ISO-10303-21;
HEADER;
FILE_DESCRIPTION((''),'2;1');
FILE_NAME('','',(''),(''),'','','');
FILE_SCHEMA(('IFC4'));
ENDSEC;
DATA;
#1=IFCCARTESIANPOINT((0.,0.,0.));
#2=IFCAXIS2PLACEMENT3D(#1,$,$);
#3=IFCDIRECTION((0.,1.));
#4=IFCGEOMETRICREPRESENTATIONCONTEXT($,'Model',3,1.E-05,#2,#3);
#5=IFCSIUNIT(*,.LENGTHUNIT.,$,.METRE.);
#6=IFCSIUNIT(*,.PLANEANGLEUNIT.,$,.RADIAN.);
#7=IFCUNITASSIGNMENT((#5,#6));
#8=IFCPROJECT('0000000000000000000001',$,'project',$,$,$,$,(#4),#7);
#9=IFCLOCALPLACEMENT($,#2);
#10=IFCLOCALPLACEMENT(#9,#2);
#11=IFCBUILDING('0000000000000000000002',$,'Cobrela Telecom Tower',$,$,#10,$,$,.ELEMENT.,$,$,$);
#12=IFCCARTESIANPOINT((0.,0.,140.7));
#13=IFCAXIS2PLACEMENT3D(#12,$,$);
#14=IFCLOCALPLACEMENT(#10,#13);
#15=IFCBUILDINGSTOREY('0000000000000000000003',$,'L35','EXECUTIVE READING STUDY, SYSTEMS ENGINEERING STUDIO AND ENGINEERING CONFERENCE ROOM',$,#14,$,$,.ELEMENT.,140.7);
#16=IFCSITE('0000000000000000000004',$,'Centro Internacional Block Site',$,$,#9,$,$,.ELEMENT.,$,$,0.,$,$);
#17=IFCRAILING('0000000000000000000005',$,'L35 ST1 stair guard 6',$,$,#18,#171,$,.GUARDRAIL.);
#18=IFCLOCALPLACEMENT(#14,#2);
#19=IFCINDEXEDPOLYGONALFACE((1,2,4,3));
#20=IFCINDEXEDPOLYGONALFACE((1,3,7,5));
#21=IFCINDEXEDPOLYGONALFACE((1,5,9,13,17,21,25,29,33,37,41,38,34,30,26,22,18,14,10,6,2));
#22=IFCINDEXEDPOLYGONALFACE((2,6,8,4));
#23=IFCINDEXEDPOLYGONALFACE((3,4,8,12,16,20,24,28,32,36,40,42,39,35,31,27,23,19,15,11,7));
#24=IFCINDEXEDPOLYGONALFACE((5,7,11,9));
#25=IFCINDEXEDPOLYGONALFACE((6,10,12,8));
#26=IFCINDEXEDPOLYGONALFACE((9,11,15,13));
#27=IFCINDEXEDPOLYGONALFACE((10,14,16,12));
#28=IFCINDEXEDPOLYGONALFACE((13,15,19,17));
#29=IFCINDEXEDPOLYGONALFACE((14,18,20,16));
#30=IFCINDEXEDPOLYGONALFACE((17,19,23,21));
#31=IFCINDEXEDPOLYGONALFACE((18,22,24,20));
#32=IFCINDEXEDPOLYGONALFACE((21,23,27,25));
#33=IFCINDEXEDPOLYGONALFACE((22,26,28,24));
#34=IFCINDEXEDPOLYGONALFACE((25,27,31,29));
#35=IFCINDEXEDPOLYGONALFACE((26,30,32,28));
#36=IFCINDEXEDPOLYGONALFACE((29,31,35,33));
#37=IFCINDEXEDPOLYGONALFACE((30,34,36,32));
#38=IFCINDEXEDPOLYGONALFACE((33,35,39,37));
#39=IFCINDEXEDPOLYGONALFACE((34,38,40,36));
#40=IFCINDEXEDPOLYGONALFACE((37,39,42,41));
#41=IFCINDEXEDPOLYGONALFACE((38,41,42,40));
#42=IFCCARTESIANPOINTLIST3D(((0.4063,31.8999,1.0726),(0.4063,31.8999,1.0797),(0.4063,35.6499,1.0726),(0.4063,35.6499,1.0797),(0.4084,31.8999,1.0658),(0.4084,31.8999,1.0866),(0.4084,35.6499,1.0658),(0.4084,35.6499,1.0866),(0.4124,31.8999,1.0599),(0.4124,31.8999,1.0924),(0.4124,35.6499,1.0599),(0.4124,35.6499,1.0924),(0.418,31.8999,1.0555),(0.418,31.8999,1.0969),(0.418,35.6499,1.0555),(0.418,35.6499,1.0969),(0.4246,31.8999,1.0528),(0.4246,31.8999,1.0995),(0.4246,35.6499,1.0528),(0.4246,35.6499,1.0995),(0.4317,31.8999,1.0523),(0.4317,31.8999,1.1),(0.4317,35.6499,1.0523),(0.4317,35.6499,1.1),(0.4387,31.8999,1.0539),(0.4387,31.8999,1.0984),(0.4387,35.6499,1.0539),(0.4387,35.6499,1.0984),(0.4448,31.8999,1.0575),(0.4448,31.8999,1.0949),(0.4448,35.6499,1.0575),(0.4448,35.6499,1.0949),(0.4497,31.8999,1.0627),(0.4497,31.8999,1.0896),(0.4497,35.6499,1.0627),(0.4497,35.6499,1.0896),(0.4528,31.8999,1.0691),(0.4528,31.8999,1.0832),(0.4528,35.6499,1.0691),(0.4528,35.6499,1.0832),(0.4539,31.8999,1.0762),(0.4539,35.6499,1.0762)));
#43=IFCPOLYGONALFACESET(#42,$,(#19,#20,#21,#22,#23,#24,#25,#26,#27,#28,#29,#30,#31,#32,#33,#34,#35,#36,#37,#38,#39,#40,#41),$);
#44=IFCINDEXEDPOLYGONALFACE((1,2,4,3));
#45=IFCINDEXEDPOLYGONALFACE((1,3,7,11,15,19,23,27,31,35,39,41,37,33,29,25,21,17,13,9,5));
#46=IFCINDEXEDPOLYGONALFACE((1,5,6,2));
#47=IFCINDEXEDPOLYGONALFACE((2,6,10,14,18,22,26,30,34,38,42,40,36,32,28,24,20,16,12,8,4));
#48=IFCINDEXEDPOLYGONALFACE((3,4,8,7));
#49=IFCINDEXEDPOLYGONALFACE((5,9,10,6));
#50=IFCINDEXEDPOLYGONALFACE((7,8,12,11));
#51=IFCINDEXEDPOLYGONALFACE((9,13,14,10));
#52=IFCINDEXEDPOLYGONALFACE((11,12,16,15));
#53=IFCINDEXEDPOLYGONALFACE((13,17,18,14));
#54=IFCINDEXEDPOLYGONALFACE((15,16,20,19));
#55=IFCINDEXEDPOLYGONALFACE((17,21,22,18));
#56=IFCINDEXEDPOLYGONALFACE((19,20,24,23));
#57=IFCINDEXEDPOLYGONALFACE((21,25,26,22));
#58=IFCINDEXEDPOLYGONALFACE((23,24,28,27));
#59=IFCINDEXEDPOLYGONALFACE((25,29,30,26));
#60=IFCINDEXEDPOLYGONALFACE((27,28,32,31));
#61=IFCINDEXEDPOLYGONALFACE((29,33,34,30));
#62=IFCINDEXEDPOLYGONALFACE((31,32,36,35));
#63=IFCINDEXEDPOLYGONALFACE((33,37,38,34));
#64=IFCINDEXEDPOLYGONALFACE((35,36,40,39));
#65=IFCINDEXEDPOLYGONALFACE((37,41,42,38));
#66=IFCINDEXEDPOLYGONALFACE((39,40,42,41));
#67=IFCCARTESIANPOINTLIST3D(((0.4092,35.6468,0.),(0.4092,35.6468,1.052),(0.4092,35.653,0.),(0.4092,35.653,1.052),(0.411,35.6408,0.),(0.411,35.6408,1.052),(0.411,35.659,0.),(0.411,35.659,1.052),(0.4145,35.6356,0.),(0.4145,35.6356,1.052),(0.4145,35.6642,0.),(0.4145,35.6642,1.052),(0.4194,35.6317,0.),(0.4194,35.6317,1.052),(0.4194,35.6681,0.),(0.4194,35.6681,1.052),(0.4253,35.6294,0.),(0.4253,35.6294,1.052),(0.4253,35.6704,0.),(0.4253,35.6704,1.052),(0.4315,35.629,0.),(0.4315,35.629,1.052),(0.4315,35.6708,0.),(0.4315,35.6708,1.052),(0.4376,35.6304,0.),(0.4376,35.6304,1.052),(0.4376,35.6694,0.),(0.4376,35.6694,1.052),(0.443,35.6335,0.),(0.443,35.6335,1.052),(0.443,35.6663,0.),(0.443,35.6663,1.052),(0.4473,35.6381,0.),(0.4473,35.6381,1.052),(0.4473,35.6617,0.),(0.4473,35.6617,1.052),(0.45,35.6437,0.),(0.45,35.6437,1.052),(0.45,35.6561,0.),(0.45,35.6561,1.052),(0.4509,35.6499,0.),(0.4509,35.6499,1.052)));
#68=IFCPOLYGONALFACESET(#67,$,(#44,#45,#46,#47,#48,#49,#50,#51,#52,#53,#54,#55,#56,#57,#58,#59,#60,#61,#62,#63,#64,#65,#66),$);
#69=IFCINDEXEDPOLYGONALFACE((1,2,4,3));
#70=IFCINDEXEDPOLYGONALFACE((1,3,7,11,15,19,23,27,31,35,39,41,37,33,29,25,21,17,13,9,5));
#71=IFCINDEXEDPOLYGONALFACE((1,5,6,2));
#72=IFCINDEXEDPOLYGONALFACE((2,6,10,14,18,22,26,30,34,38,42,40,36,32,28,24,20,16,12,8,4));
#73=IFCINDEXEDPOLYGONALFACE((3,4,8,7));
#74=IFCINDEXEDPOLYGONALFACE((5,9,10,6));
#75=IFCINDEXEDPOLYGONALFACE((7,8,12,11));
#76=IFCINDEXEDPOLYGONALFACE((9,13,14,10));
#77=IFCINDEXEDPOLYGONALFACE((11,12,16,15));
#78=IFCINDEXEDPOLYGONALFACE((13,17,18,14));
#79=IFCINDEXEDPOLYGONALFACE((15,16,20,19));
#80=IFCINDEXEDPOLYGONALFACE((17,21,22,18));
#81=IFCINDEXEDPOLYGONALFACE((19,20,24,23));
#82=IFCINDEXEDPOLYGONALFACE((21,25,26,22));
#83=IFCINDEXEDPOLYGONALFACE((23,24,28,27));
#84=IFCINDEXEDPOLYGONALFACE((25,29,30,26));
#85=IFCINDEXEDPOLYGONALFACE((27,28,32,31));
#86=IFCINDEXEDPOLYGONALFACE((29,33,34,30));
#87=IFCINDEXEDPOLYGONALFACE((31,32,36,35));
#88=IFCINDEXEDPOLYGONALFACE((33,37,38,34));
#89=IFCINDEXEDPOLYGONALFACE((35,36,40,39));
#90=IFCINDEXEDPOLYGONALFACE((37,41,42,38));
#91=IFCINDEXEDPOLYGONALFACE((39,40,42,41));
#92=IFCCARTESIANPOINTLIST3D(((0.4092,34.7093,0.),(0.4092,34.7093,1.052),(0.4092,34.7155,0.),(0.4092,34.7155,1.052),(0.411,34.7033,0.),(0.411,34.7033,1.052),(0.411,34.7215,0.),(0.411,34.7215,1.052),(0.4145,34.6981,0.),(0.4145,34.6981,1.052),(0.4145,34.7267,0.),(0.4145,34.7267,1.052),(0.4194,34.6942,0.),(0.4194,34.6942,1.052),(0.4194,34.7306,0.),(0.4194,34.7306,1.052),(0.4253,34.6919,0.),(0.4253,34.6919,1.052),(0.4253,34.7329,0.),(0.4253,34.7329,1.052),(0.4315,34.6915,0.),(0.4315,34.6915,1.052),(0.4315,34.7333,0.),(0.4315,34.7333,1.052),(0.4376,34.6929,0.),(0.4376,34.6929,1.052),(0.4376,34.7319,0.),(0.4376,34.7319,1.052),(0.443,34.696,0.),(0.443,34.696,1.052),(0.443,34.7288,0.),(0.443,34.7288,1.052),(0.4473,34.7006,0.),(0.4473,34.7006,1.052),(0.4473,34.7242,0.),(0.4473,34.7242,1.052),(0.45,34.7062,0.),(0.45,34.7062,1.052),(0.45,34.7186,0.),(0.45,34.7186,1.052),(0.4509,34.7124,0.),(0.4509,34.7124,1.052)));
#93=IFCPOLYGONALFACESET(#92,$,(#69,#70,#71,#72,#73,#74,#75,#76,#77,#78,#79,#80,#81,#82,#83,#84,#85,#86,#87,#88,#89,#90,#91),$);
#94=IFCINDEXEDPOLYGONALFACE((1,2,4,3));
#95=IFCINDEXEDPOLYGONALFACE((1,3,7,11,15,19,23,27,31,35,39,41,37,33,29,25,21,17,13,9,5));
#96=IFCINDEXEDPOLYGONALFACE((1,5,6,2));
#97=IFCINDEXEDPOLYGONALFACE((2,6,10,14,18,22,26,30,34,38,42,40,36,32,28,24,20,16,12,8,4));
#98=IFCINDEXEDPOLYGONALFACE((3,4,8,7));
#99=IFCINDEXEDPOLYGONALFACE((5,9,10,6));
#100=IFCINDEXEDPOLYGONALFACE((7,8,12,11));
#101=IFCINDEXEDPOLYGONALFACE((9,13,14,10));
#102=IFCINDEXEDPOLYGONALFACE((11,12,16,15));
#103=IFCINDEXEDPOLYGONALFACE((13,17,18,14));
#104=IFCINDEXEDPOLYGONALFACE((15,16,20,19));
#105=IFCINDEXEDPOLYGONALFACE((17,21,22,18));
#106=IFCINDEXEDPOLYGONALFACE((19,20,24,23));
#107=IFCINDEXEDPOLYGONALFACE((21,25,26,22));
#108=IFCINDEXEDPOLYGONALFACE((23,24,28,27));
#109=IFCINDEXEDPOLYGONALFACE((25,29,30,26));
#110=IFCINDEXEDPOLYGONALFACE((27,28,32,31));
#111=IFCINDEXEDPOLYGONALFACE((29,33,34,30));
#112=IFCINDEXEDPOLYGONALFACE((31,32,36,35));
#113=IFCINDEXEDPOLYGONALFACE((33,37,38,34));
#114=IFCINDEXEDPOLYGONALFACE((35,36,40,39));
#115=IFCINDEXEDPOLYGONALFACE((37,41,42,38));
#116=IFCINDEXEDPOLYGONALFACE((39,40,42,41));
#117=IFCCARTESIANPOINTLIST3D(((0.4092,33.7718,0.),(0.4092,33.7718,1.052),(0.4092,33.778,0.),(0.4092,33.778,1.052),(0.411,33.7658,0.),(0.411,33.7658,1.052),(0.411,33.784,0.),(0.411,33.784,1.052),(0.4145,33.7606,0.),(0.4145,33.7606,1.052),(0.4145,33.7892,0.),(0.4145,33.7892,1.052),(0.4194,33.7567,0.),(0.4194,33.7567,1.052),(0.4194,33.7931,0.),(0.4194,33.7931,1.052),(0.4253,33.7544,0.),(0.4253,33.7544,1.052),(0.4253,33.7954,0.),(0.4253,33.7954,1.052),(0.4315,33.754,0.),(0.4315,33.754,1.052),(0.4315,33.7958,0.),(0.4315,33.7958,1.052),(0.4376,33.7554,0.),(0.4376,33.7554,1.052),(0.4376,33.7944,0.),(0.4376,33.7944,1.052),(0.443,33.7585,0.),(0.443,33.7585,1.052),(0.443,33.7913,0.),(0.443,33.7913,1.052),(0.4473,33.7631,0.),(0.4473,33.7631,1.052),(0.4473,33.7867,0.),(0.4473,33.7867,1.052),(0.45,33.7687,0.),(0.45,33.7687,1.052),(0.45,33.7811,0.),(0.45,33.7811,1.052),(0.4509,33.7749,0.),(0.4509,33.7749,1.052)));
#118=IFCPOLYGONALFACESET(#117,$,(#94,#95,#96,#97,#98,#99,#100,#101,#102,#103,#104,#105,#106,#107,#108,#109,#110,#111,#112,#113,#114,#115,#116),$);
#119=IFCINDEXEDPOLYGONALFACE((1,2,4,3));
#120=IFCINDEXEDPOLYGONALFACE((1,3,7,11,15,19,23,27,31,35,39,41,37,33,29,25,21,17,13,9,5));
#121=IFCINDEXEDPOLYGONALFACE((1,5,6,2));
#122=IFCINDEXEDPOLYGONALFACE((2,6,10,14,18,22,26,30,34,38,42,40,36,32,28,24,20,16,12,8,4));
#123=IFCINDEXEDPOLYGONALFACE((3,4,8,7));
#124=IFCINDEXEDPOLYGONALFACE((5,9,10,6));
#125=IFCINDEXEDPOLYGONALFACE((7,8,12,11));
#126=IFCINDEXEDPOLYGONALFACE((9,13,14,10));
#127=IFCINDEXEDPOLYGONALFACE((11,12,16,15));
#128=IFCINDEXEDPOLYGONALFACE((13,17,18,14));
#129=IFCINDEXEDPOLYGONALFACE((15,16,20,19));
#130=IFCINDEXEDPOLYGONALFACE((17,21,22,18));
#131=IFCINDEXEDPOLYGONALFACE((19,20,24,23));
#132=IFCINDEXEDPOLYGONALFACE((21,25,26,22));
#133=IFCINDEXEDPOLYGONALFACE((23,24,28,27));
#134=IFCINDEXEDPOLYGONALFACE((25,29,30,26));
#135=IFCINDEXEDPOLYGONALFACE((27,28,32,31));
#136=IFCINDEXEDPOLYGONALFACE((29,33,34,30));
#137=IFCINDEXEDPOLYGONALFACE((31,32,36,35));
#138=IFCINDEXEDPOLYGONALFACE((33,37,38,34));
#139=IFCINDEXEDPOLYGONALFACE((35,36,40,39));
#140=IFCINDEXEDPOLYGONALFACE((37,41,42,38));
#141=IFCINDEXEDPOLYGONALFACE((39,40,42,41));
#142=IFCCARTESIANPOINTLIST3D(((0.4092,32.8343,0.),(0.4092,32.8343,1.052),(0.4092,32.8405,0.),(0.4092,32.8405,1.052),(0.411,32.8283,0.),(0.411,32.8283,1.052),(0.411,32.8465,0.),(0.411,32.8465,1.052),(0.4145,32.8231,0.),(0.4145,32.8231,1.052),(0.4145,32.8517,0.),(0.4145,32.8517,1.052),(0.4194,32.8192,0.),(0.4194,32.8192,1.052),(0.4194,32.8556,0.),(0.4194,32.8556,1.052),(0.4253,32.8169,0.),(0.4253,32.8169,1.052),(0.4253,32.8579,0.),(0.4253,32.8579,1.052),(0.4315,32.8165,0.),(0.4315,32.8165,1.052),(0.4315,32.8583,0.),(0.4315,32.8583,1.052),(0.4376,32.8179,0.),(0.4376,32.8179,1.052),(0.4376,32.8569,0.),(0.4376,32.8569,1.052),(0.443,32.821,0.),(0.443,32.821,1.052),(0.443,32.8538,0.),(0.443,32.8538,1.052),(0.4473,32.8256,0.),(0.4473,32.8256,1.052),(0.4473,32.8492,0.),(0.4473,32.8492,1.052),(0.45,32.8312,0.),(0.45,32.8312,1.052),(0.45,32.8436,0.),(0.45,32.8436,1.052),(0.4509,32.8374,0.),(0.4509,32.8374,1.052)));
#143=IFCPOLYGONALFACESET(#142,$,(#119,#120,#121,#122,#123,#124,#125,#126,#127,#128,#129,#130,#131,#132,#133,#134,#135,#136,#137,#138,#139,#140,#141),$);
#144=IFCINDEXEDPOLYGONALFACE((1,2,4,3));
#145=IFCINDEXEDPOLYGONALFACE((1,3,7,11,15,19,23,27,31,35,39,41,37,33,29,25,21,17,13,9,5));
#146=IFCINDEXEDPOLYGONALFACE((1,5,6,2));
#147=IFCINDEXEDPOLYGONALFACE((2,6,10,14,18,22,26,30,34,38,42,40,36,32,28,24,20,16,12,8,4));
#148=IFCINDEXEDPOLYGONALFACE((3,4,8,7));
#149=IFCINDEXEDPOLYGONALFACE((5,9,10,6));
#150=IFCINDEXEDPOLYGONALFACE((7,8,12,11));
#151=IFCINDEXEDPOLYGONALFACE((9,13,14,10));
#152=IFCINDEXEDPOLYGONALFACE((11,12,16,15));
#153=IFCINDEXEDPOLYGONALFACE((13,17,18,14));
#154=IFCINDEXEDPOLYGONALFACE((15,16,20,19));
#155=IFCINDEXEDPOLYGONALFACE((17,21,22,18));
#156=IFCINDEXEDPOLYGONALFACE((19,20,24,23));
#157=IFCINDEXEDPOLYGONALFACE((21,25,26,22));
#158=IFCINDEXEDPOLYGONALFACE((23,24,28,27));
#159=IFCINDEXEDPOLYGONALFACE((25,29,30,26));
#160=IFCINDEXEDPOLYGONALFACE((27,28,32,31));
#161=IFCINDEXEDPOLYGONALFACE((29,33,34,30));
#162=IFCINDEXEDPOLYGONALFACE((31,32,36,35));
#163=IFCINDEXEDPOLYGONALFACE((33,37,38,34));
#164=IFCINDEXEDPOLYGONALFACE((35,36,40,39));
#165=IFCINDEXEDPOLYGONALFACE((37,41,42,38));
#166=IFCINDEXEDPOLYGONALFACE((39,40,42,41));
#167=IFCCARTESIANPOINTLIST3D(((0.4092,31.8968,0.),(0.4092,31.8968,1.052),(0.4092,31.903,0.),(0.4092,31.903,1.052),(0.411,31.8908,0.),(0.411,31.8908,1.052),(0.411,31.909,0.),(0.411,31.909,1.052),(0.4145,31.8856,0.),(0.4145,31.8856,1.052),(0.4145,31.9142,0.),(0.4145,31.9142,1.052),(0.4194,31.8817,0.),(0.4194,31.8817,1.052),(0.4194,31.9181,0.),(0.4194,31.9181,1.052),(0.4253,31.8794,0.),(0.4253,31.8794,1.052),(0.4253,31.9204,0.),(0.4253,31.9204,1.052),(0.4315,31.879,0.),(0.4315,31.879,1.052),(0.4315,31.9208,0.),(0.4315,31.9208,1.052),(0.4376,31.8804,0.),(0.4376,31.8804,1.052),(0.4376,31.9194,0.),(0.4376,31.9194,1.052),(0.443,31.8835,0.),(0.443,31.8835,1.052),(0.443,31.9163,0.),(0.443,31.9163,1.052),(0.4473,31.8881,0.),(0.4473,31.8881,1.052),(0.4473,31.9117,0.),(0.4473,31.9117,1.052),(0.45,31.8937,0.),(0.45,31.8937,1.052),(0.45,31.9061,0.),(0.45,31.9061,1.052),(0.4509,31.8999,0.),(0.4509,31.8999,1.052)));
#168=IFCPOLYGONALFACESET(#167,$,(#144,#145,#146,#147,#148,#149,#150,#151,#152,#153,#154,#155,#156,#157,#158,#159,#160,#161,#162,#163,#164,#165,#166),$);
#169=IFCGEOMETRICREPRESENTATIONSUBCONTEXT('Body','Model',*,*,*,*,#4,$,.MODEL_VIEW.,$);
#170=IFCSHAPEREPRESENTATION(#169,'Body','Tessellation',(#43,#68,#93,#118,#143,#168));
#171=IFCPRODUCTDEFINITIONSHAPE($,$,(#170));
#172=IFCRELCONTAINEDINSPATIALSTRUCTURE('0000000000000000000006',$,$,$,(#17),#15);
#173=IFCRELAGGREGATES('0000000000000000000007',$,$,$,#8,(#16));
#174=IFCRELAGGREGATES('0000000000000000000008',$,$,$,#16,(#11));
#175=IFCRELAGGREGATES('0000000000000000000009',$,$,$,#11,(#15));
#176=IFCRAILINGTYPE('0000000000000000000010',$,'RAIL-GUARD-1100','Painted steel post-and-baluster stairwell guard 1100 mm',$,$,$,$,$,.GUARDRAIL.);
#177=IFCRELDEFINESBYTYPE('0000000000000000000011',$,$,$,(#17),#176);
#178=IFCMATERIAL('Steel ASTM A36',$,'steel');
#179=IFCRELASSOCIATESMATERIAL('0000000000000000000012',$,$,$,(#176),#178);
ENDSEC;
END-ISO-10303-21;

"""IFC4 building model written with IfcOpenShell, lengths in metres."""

from ifc_helpers import new_model, si_unit, direction, frame, origin, origin_2d, place, context, subcontext, project, spatial, circle, extrude, material, type_object, element, save


model = new_model("IFC4")

# Units and contexts
model_context = context("Model", 3, precision=1e-05, world=origin(), true_north=direction((0.0, 1.0)))
body_context = subcontext(model_context, "Body", "Model", "MODEL_VIEW")
ifc_project = project(units=[si_unit("LENGTHUNIT", "METRE"), si_unit("PLANEANGLEUNIT", "RADIAN")], contexts=[model_context])

# Site, building, storey
site_placement = place(None, origin())
site = spatial("IfcSite", under=ifc_project, at=site_placement, Name="Centro Internacional Block Site", CompositionType="ELEMENT", RefElevation=0.0)
building_placement = place(site_placement, origin())
building = spatial("IfcBuilding", under=site, at=building_placement, Name="Cobrela Telecom Tower", CompositionType="ELEMENT")
storey_placement = place(building_placement, frame((0.0, 0.0, 140.7)))
storey = spatial("IfcBuildingStorey", under=building, at=storey_placement, Name="L35", Description="EXECUTIVE READING STUDY, SYSTEMS ENGINEERING STUDIO AND ENGINEERING CONFERENCE ROOM", CompositionType="ELEMENT", Elevation=140.7)

# Shared definitions
ifc_material_1 = material(Name="Steel ASTM A36", Category="steel")

# Railing
railing_type_1 = type_object("IfcRailingType", Name="RAIL-GUARD-1100", Description="Painted steel post-and-baluster stairwell guard 1100 mm", PredefinedType="GUARDRAIL", material=ifc_material_1)
railing_1_placement = place(storey_placement, frame((0.4299, 35.6499, 0.0)))
element("IfcRailing", 1, at=railing_1_placement, inside=storey, type_object=railing_type_1, Name="L35 ST1 stair guard 6", PredefinedType="GUARDRAIL", context=body_context, shape_type="SweptSolid", body=[
    extrude(circle(Radius=0.0239, at=origin_2d()), frame((0.0, 0.0, 1.0762), z_axis=(0.0, -1.0, 0.0), x_axis=(1.0, 0.0, 0.0)), (0.0, 0.0, 1.0), 3.75),
    extrude(circle(Radius=0.021, at=origin_2d()), origin(), (0.0, 0.0, 1.0), 1.052),
    extrude(circle(Radius=0.021, at=origin_2d()), frame((0.0, -0.9375, 0.0)), (0.0, 0.0, 1.0), 1.052),
    extrude(circle(Radius=0.021, at=origin_2d()), frame((0.0, -1.875, 0.0)), (0.0, 0.0, 1.0), 1.052),
    extrude(circle(Radius=0.021, at=origin_2d()), frame((0.0, -2.8125, 0.0)), (0.0, 0.0, 1.0), 1.052),
    extrude(circle(Radius=0.021, at=origin_2d()), frame((0.0, -3.75, 0.0)), (0.0, 0.0, 1.0), 1.052),
])

save(model, "model.ifc")
